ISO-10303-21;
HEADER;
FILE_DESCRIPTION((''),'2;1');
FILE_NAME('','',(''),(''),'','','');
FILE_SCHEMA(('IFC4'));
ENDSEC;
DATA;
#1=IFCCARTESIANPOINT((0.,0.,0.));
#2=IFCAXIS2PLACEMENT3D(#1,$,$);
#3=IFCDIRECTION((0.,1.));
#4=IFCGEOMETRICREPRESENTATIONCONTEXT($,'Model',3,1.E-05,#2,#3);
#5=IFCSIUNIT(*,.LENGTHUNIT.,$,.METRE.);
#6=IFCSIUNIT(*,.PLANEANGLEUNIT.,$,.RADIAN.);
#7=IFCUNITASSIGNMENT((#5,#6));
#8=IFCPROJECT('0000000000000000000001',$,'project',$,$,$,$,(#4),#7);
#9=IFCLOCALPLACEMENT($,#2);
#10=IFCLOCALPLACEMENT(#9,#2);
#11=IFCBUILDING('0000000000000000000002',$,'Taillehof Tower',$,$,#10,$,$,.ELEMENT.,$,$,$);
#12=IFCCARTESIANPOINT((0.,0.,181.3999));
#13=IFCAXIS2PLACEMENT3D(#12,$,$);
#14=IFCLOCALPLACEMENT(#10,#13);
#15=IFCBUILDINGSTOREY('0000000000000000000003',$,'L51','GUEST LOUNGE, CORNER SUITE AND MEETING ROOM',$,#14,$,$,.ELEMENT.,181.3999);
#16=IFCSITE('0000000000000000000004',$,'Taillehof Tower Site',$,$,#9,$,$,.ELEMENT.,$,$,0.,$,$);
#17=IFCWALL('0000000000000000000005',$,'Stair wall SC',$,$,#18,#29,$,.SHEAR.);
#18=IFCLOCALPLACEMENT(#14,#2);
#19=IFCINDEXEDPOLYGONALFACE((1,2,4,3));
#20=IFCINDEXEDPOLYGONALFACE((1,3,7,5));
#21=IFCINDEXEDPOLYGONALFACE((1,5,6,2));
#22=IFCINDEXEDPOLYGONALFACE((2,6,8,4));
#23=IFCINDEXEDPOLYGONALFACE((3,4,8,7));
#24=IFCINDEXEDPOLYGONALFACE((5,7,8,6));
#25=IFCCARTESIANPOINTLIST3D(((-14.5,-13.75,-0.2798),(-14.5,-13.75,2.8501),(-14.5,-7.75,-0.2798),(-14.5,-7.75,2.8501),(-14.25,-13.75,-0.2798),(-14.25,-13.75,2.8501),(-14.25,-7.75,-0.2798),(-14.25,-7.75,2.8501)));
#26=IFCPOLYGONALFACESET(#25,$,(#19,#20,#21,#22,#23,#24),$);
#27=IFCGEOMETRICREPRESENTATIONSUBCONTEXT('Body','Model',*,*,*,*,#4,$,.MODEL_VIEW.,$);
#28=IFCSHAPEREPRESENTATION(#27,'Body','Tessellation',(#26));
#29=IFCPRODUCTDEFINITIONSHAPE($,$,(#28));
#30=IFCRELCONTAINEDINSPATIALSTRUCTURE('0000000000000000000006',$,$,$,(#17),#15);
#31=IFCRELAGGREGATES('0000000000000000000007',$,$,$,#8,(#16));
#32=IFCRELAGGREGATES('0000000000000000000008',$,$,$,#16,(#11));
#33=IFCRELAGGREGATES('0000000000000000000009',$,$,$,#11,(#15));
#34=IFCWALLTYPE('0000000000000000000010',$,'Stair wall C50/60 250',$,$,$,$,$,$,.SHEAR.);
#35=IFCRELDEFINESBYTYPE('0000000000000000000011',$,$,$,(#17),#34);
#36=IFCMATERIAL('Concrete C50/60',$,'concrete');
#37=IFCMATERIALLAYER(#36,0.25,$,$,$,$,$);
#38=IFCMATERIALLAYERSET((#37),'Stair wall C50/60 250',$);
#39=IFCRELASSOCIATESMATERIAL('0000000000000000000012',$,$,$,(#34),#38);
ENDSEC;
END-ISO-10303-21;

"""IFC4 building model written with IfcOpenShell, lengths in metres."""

from ifc_helpers import new_model, si_unit, direction, frame, frame_2d, origin, place, context, subcontext, project, spatial, rectangle, extrude, material, layer, layer_set, type_object, element, save


model = new_model("IFC4")

# Units and contexts
model_context = context("Model", 3, precision=1e-05, world=origin(), true_north=direction((0.0, 1.0)))
body_context = subcontext(model_context, "Body", "Model", "MODEL_VIEW")
ifc_project = project(units=[si_unit("LENGTHUNIT", "METRE"), si_unit("PLANEANGLEUNIT", "RADIAN")], contexts=[model_context])

# Site, building, storey
site_placement = place(None, origin())
site = spatial("IfcSite", under=ifc_project, at=site_placement, Name="Taillehof Tower Site", CompositionType="ELEMENT", RefElevation=0.0)
building_placement = place(site_placement, origin())
building = spatial("IfcBuilding", under=site, at=building_placement, Name="Taillehof Tower", CompositionType="ELEMENT")
storey_placement = place(building_placement, frame((0.0, 0.0, 181.3999)))
storey = spatial("IfcBuildingStorey", under=building, at=storey_placement, Name="L51", Description="GUEST LOUNGE, CORNER SUITE AND MEETING ROOM", CompositionType="ELEMENT", Elevation=181.3999)

# Wall
ifc_material_1 = material(Name="Concrete C50/60", Category="concrete")
ifc_layer_1 = layer(ifc_material_1, 0.25)
ifc_layer_set_1 = layer_set([ifc_layer_1], Name="Stair wall C50/60 250")
wall_type_1 = type_object("IfcWallType", Name="Stair wall C50/60 250", PredefinedType="SHEAR", material=ifc_layer_set_1)
wall_1_placement = place(storey_placement, frame((-14.375, -13.75, -0.2798), z_axis=(0.0, 0.0, 1.0), x_axis=(0.0, 1.0, 0.0)))
element("IfcWall", 1, at=wall_1_placement, inside=storey, type_object=wall_type_1, Name="Stair wall SC", PredefinedType="SHEAR", context=body_context, shape_type="SweptSolid", body=[
    extrude(rectangle(XDim=6.0, YDim=0.25, at=frame_2d((3.0, 0.0))), origin(), (0.0, 0.0, 1.0), 3.1299),
])

save(model, "model.ifc")
